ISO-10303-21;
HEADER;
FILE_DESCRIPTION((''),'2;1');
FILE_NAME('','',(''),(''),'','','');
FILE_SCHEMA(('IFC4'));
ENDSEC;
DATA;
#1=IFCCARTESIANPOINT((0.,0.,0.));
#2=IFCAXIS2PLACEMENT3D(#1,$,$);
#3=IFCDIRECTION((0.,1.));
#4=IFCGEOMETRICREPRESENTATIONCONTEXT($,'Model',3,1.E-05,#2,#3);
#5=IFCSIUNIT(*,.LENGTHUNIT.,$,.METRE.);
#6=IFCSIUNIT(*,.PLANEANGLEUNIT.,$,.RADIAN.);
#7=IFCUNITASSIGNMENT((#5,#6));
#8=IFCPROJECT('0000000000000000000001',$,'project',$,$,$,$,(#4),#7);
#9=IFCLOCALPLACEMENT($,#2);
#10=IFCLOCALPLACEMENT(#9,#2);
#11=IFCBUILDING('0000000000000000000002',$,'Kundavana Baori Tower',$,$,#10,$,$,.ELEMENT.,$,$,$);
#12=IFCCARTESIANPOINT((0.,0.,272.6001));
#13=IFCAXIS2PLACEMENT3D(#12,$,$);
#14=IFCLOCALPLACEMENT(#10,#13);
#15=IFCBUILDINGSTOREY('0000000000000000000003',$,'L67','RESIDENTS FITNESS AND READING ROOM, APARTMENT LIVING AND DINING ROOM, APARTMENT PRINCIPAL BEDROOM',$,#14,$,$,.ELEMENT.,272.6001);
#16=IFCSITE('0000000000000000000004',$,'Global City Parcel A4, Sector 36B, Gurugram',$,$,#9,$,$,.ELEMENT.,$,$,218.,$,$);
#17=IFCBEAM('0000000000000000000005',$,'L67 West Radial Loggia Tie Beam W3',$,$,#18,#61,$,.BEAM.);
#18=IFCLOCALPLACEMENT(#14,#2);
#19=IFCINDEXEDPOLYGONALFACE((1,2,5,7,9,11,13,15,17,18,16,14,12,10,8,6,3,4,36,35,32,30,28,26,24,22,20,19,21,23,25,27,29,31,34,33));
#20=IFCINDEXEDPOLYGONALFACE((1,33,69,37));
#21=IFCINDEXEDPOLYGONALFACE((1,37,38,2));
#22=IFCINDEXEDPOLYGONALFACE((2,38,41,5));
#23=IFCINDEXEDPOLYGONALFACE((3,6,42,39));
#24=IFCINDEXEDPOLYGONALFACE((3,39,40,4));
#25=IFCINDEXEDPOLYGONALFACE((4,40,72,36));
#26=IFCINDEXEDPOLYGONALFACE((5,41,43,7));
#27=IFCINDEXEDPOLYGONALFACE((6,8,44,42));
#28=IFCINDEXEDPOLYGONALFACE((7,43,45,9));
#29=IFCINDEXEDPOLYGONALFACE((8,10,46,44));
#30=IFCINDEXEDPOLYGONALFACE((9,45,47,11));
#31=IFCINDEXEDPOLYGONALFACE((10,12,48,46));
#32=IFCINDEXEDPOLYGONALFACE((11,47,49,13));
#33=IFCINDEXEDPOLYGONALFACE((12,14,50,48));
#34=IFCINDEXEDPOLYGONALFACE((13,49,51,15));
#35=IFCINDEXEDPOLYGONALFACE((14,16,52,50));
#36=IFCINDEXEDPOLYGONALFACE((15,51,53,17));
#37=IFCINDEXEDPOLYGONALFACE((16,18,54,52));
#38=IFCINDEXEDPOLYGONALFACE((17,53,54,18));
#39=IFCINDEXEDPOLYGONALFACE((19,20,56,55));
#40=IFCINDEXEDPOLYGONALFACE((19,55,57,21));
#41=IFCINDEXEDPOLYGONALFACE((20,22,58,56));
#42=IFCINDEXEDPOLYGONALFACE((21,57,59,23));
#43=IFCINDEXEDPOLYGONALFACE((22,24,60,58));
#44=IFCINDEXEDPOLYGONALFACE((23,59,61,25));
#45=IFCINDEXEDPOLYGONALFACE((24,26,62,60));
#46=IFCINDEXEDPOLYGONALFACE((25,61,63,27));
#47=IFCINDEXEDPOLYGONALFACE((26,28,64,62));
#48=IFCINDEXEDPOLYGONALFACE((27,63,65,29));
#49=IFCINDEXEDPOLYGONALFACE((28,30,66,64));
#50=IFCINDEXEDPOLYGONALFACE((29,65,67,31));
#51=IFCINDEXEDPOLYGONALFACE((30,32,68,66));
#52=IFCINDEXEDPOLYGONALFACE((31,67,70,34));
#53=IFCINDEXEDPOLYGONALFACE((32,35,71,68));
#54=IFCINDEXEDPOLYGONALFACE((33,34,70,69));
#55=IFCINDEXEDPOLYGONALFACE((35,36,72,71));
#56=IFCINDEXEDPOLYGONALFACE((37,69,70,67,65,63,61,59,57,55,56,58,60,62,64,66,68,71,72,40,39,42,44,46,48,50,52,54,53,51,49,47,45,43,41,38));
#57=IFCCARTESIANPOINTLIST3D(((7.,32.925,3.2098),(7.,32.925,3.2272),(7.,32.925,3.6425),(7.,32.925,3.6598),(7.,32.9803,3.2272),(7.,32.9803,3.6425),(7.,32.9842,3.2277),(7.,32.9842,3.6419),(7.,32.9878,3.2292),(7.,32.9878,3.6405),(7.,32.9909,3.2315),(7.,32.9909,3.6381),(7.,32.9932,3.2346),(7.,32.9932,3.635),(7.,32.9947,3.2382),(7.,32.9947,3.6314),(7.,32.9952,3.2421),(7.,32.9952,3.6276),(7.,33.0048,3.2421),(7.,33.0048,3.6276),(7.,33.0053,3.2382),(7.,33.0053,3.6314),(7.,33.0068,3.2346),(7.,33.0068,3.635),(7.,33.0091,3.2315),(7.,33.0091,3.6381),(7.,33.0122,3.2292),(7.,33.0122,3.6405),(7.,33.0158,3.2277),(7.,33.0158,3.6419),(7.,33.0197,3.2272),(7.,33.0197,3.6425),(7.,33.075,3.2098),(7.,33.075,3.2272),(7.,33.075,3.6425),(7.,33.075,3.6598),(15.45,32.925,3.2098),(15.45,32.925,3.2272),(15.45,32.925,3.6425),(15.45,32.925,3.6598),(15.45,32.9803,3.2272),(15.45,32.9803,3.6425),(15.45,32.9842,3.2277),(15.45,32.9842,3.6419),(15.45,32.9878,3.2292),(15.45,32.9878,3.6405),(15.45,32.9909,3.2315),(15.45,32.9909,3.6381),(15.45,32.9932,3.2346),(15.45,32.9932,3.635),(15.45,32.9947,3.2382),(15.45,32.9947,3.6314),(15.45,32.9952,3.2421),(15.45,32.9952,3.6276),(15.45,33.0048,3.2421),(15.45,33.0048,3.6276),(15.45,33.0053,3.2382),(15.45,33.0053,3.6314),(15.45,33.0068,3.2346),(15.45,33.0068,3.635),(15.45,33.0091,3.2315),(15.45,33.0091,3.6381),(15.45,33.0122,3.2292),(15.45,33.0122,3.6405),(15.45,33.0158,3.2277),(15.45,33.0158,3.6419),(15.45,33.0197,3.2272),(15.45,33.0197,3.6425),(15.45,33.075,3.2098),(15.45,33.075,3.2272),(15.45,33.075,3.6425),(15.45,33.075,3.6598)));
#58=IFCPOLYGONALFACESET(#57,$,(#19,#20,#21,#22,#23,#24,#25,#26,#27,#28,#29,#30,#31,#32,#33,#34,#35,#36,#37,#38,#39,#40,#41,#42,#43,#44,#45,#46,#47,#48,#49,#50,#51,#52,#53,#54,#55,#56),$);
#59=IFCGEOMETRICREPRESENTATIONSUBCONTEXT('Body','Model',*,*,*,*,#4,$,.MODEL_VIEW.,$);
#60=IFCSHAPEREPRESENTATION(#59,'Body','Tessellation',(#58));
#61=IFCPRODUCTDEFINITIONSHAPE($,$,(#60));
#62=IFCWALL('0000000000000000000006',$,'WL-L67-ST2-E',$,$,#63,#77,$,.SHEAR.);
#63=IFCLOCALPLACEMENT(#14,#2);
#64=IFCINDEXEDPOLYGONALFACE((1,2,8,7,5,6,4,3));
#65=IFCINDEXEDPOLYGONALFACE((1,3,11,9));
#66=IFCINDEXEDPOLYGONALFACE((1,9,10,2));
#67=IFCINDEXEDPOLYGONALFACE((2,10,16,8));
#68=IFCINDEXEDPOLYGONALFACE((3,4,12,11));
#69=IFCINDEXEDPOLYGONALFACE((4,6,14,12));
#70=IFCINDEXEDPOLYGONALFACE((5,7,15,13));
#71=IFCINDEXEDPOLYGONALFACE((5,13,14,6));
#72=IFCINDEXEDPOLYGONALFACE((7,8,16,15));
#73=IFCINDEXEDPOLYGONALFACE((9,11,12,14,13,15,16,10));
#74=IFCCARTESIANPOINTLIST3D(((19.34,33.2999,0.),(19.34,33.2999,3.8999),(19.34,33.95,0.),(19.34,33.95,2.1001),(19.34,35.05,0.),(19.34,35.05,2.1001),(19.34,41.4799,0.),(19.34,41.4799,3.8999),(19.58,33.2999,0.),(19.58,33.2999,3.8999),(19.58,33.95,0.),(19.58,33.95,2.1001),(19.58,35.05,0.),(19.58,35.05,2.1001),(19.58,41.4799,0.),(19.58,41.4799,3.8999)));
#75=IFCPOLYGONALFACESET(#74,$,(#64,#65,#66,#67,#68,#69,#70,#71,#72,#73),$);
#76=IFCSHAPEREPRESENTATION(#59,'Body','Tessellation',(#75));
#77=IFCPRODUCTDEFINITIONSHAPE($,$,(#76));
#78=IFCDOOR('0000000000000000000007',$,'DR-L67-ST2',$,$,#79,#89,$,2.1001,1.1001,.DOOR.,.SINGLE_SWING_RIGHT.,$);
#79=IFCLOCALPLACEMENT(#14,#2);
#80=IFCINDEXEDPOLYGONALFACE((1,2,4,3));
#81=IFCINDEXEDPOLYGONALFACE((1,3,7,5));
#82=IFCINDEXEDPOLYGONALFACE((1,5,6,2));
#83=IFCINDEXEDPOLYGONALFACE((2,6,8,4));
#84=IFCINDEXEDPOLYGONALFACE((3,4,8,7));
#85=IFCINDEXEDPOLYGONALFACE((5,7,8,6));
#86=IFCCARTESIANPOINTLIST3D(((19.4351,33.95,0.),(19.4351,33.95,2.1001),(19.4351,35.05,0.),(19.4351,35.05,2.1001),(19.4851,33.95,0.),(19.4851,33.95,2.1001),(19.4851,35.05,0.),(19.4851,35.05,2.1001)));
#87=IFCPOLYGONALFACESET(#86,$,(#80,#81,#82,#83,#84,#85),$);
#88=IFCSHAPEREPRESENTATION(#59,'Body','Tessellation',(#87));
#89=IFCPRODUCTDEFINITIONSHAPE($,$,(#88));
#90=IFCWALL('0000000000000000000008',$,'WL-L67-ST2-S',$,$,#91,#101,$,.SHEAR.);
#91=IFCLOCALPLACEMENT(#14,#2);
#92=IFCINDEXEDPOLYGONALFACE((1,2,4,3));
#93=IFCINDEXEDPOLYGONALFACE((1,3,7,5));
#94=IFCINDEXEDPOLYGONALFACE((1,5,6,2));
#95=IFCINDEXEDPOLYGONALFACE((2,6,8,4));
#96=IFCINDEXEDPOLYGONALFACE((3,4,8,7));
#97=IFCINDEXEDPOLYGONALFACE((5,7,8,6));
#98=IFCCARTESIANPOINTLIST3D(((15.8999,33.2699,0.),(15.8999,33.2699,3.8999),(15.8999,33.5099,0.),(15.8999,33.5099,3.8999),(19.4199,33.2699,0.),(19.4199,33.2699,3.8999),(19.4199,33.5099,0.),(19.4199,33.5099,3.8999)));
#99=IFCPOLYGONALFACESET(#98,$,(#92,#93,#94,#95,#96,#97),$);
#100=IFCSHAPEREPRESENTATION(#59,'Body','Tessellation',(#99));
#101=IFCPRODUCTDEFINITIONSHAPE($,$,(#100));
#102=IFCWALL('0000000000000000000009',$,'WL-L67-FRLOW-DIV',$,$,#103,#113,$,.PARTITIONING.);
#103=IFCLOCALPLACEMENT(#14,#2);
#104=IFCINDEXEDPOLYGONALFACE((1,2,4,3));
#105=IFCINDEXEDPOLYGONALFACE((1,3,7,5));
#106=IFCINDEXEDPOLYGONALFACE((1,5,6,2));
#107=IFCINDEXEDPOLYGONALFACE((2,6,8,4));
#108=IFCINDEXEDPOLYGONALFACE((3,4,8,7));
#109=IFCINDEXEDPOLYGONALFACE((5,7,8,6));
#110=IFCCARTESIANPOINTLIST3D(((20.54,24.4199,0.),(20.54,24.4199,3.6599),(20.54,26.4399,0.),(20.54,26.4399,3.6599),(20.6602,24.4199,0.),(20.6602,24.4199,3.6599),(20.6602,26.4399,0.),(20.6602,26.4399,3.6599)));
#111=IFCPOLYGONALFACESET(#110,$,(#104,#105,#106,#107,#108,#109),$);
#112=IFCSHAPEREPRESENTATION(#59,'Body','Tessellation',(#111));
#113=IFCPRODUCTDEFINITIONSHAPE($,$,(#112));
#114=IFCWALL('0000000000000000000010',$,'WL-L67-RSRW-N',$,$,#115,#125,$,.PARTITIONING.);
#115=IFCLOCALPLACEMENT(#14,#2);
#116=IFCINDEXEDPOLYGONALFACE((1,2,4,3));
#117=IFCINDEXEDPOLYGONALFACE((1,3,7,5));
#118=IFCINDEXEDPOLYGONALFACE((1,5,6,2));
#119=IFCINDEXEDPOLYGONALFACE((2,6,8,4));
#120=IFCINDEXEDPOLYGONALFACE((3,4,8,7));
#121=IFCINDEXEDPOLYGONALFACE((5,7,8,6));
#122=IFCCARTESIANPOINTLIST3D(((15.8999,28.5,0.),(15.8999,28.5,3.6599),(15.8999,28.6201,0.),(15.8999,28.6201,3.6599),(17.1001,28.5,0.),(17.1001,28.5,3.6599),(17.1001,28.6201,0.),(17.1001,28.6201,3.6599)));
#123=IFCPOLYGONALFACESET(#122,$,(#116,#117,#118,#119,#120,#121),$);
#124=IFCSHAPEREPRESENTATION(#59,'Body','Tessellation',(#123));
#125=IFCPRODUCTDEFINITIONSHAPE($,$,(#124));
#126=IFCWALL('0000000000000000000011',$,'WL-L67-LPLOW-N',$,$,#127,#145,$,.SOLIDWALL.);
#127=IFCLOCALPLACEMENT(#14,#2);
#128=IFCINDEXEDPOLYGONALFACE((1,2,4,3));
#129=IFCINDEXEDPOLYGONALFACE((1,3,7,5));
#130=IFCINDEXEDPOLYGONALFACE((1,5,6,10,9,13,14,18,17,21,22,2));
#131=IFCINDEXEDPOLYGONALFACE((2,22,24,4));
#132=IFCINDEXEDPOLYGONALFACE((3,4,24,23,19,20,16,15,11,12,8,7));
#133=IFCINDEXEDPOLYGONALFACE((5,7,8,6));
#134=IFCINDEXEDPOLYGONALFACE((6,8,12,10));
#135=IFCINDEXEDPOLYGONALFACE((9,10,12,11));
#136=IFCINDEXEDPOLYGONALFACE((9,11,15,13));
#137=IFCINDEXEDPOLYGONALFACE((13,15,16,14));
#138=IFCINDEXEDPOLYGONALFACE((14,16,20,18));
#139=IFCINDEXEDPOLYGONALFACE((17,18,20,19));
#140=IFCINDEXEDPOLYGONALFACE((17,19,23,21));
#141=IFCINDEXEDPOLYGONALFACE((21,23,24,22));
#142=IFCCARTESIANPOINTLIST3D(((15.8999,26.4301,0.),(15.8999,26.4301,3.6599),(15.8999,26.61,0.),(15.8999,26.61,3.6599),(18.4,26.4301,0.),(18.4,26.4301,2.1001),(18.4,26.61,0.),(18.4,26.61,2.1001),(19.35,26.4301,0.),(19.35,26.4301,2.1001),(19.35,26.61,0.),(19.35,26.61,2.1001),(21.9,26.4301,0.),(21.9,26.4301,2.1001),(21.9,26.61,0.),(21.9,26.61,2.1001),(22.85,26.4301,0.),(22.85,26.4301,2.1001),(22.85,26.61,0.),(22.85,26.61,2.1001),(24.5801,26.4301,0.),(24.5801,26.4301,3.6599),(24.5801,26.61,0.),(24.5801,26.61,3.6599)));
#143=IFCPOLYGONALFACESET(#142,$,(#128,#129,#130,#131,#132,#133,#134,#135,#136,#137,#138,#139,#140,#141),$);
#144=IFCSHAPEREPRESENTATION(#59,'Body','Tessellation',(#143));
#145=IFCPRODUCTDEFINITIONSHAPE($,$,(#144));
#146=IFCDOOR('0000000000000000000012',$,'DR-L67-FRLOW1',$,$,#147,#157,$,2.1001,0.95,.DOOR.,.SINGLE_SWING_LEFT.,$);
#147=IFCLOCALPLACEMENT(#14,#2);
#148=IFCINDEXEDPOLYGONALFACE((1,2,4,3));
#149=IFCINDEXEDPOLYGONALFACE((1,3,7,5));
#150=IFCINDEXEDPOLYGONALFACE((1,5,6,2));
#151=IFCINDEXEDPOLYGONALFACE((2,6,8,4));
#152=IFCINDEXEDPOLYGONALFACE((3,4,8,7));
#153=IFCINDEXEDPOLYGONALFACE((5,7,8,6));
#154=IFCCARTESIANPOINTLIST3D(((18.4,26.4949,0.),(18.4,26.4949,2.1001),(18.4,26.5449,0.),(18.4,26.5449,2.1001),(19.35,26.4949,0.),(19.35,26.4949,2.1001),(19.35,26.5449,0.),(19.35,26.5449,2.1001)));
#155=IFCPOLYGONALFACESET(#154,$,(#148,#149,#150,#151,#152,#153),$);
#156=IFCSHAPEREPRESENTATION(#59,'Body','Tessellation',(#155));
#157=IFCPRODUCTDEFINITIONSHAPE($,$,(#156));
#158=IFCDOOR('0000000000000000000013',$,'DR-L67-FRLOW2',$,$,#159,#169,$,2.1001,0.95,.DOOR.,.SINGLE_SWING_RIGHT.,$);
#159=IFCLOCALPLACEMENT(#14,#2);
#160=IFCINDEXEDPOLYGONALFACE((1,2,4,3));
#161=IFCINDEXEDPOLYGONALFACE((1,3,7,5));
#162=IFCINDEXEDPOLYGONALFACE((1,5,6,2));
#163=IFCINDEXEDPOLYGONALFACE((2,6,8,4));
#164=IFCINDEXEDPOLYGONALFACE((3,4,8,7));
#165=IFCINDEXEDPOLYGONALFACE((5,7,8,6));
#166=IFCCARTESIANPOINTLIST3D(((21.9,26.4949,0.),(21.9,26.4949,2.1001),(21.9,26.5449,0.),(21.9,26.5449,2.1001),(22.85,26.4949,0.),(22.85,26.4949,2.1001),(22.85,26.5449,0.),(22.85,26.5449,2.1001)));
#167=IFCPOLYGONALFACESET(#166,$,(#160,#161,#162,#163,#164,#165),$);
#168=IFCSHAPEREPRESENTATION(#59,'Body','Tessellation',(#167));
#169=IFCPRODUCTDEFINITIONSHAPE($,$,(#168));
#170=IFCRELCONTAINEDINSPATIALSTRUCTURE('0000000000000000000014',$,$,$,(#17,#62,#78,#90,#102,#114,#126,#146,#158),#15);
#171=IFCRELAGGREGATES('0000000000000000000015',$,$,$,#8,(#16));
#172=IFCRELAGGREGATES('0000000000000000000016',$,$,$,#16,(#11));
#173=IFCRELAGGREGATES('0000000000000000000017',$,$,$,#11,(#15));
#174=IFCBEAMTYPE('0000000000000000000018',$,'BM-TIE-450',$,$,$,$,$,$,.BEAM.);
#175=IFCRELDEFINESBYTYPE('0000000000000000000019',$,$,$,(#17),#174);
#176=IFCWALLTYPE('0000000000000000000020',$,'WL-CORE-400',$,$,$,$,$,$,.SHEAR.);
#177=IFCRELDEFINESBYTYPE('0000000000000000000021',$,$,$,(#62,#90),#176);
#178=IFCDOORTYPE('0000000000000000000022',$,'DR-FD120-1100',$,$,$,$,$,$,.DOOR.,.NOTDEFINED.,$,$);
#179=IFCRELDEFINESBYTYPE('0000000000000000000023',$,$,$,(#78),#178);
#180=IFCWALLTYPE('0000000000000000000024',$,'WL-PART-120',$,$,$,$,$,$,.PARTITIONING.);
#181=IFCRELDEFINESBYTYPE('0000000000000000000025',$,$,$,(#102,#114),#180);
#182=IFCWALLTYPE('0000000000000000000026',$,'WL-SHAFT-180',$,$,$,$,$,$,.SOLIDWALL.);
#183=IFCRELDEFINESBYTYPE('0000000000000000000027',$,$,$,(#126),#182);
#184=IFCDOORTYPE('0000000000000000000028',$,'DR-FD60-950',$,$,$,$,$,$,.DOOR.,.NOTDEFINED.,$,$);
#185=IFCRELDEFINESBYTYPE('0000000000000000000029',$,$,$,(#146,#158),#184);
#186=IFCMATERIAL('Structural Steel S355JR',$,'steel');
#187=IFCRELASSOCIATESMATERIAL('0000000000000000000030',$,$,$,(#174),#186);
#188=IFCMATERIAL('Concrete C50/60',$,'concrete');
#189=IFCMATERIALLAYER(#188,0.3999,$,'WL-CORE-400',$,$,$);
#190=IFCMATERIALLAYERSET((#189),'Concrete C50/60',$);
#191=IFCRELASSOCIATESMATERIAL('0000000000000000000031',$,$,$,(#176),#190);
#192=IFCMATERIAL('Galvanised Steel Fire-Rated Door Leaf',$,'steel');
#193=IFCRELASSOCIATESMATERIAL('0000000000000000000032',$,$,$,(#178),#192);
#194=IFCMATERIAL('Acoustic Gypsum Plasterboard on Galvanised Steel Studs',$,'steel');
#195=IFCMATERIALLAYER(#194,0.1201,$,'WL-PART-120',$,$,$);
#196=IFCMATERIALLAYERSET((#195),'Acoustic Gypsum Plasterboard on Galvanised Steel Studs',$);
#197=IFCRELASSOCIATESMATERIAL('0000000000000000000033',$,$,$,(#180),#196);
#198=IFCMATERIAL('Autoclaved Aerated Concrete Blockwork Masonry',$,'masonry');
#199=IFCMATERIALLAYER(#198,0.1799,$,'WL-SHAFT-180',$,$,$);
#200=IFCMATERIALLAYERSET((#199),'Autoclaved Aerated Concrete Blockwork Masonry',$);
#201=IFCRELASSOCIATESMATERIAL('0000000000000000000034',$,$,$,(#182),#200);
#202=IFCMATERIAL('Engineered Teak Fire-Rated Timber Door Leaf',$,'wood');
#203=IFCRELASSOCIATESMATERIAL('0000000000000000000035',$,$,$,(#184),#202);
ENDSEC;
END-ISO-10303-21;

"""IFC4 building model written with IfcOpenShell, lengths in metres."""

from ifc_helpers import new_model, si_unit, direction, frame, frame_2d, origin, origin_2d, place, context, subcontext, project, spatial, rectangle, i_section, extrude, material, layer, layer_set, material_profile, profile_set, type_object, element, fill, save


model = new_model("IFC4")

# Units and contexts
model_context = context("Model", 3, precision=1e-05, world=origin(), true_north=direction((0.0, 1.0)))
body_context = subcontext(model_context, "Body", "Model", "MODEL_VIEW")
ifc_project = project(units=[si_unit("LENGTHUNIT", "METRE"), si_unit("PLANEANGLEUNIT", "RADIAN")], contexts=[model_context])

# Site, building, storey
site_placement = place(None, origin())
site = spatial("IfcSite", under=ifc_project, at=site_placement, Name="Global City Parcel A4, Sector 36B, Gurugram", CompositionType="ELEMENT", RefElevation=218.0)
building_placement = place(site_placement, origin())
building = spatial("IfcBuilding", under=site, at=building_placement, Name="Kundavana Baori Tower", CompositionType="ELEMENT")
storey_placement = place(building_placement, frame((0.0, 0.0, 272.6001)))
storey = spatial("IfcBuildingStorey", under=building, at=storey_placement, Name="L67", Description="RESIDENTS FITNESS AND READING ROOM, APARTMENT LIVING AND DINING ROOM, APARTMENT PRINCIPAL BEDROOM", CompositionType="ELEMENT", Elevation=272.6001)

# Beam
ifc_material_1 = material(Name="Structural Steel S355JR", Category="steel")
ifc_material_profile_1 = material_profile(ifc_material_1, i_section(OverallWidth=0.1499, OverallDepth=0.45, WebThickness=0.0095, FlangeThickness=0.0173, FilletRadius=0.0149, at=origin_2d()), Name="ISMB 450")
ifc_profile_set_1 = profile_set([ifc_material_profile_1], Name="Structural Steel S355JR")
beam_type_1 = type_object("IfcBeamType", Name="BM-TIE-450", PredefinedType="BEAM", material=ifc_profile_set_1)
for number, where, z_axis, x_axis, name in (
    (1, (15.45, 33.0, 3.4348), (-1.0, 0.0, 0.0), (0.0, -1.0, 0.0), "L67 West Radial Loggia Tie Beam W3"),
):
    element("IfcBeam", number, at=place(storey_placement, frame(where, z_axis=z_axis, x_axis=x_axis)), inside=storey, type_object=beam_type_1, Name=name, PredefinedType="BEAM", context=body_context, shape_type="SweptSolid", body=[
        extrude(i_section(OverallWidth=0.1499, OverallDepth=0.45, WebThickness=0.0095, FlangeThickness=0.0173, FilletRadius=0.0149, at=origin_2d()), origin(), (0.0, 0.0, 1.0), 8.45),
    ])

# Wall, opening, door
ifc_material_2 = material(Name="Concrete C50/60", Category="concrete")
ifc_layer_1 = layer(ifc_material_2, 0.3999, Name="WL-CORE-400")
ifc_layer_set_1 = layer_set([ifc_layer_1], Name="Concrete C50/60")
wall_type_1 = type_object("IfcWallType", Name="WL-CORE-400", PredefinedType="SHEAR", material=ifc_layer_set_1)
wall_1_placement = place(storey_placement, frame((19.46, 33.3, 0.0), z_axis=(0.0, 0.0, 1.0), x_axis=(0.0, 1.0, 0.0)))
wall_1 = element("IfcWall", 2, at=wall_1_placement, inside=storey, type_object=wall_type_1, Name="WL-L67-ST2-E", PredefinedType="SHEAR", context=body_context, shape_type="SweptSolid", body=[
    extrude(rectangle(XDim=8.1799, YDim=0.24, at=frame_2d((4.0898, 0.0))), origin(), (0.0, 0.0, 1.0), 3.8999),
])
opening_1_placement = place(wall_1_placement, frame((0.6499, 0.0, 0.0)))
opening_1 = element("IfcOpeningElement", 3, at=opening_1_placement, cuts=wall_1, PredefinedType="OPENING", context=body_context, shape_type="SweptSolid", body=[
    extrude(rectangle(XDim=1.1001, YDim=2.1001, at=frame_2d((0.55, 1.05))), frame((0.0, 0.1299, 0.0), z_axis=(0.0, -1.0, 0.0), x_axis=(1.0, 0.0, 0.0)), (0.0, 0.0, 1.0), 0.26),
])
ifc_material_3 = material(Name="Galvanised Steel Fire-Rated Door Leaf", Category="steel")
door_type_1 = type_object("IfcDoorType", Name="DR-FD120-1100", OperationType="NOTDEFINED", PredefinedType="DOOR", material=ifc_material_3)
door_1_placement = place(opening_1_placement, origin())
door_1 = element("IfcDoor", 4, at=door_1_placement, inside=storey, type_object=door_type_1, Name="DR-L67-ST2", OperationType="SINGLE_SWING_RIGHT", OverallHeight=2.1001, OverallWidth=1.1001, PredefinedType="DOOR", context=body_context, shape_type="SweptSolid", body=[
    extrude(rectangle(XDim=1.1001, YDim=2.1001, at=frame_2d((0.55, 1.05))), frame((0.0, 0.0249, 0.0), z_axis=(0.0, -1.0, 0.0), x_axis=(1.0, 0.0, 0.0)), (0.0, 0.0, 1.0), 0.05),
])
fill(opening_1, door_1)

# Walls
wall_2_placement = place(storey_placement, frame((15.8999, 33.3899, 0.0), z_axis=(0.0, 0.0, 1.0), x_axis=(1.0, 0.0, 0.0)))
element("IfcWall", 5, at=wall_2_placement, inside=storey, type_object=wall_type_1, Name="WL-L67-ST2-S", PredefinedType="SHEAR", context=body_context, shape_type="SweptSolid", body=[
    extrude(rectangle(XDim=3.52, YDim=0.24, at=frame_2d((1.76, 0.0))), origin(), (0.0, 0.0, 1.0), 3.8999),
])
ifc_material_4 = material(Name="Acoustic Gypsum Plasterboard on Galvanised Steel Studs", Category="steel")
ifc_layer_2 = layer(ifc_material_4, 0.1201, Name="WL-PART-120")
ifc_layer_set_2 = layer_set([ifc_layer_2], Name="Acoustic Gypsum Plasterboard on Galvanised Steel Studs")
wall_type_2 = type_object("IfcWallType", Name="WL-PART-120", PredefinedType="PARTITIONING", material=ifc_layer_set_2)
wall_3_placement = place(storey_placement, frame((20.6001, 24.4199, 0.0), z_axis=(0.0, 0.0, 1.0), x_axis=(0.0, 1.0, 0.0)))
element("IfcWall", 6, at=wall_3_placement, inside=storey, type_object=wall_type_2, Name="WL-L67-FRLOW-DIV", PredefinedType="PARTITIONING", context=body_context, shape_type="SweptSolid", body=[
    extrude(rectangle(XDim=2.02, YDim=0.1201, at=frame_2d((1.01, 0.0))), origin(), (0.0, 0.0, 1.0), 3.6599),
])
wall_4_placement = place(storey_placement, frame((15.8999, 28.5601, 0.0), z_axis=(0.0, 0.0, 1.0), x_axis=(1.0, 0.0, 0.0)))
element("IfcWall", 7, at=wall_4_placement, inside=storey, type_object=wall_type_2, Name="WL-L67-RSRW-N", PredefinedType="PARTITIONING", context=body_context, shape_type="SweptSolid", body=[
    extrude(rectangle(XDim=1.2002, YDim=0.1201, at=frame_2d((0.6001, 0.0))), origin(), (0.0, 0.0, 1.0), 3.6599),
])

# Wall, openings, doors
ifc_material_5 = material(Name="Autoclaved Aerated Concrete Blockwork Masonry", Category="masonry")
ifc_layer_3 = layer(ifc_material_5, 0.1799, Name="WL-SHAFT-180")
ifc_layer_set_3 = layer_set([ifc_layer_3], Name="Autoclaved Aerated Concrete Blockwork Masonry")
wall_type_3 = type_object("IfcWallType", Name="WL-SHAFT-180", PredefinedType="SOLIDWALL", material=ifc_layer_set_3)
wall_5_placement = place(storey_placement, frame((15.8999, 26.52, 0.0), z_axis=(0.0, 0.0, 1.0), x_axis=(1.0, 0.0, 0.0)))
wall_5 = element("IfcWall", 8, at=wall_5_placement, inside=storey, type_object=wall_type_3, Name="WL-L67-LPLOW-N", PredefinedType="SOLIDWALL", context=body_context, shape_type="SweptSolid", body=[
    extrude(rectangle(XDim=8.6802, YDim=0.1799, at=frame_2d((4.3401, 0.0))), origin(), (0.0, 0.0, 1.0), 3.6599),
])
opening_2_placement = place(wall_5_placement, frame((2.5, 0.0, 0.0)))
opening_2 = element("IfcOpeningElement", 9, at=opening_2_placement, cuts=wall_5, PredefinedType="OPENING", context=body_context, shape_type="SweptSolid", body=[
    extrude(rectangle(XDim=0.95, YDim=2.1001, at=frame_2d((0.4751, 1.05))), frame((0.0, 0.1001, 0.0), z_axis=(0.0, -1.0, 0.0), x_axis=(1.0, 0.0, 0.0)), (0.0, 0.0, 1.0), 0.2),
])
opening_3_placement = place(wall_5_placement, frame((6.0, 0.0, 0.0)))
opening_3 = element("IfcOpeningElement", 10, at=opening_3_placement, cuts=wall_5, PredefinedType="OPENING", context=body_context, shape_type="SweptSolid", body=[
    extrude(rectangle(XDim=0.95, YDim=2.1001, at=frame_2d((0.4751, 1.05))), frame((0.0, 0.1001, 0.0), z_axis=(0.0, -1.0, 0.0), x_axis=(1.0, 0.0, 0.0)), (0.0, 0.0, 1.0), 0.2),
])
ifc_material_6 = material(Name="Engineered Teak Fire-Rated Timber Door Leaf", Category="wood")
door_type_2 = type_object("IfcDoorType", Name="DR-FD60-950", OperationType="NOTDEFINED", PredefinedType="DOOR", material=ifc_material_6)
door_2_placement = place(opening_2_placement, origin())
door_2 = element("IfcDoor", 11, at=door_2_placement, inside=storey, type_object=door_type_2, Name="DR-L67-FRLOW1", OperationType="SINGLE_SWING_LEFT", OverallHeight=2.1001, OverallWidth=0.95, PredefinedType="DOOR", context=body_context, shape_type="SweptSolid", body=[
    extrude(rectangle(XDim=0.95, YDim=2.1001, at=frame_2d((0.4751, 1.05))), frame((0.0, 0.0249, 0.0), z_axis=(0.0, -1.0, 0.0), x_axis=(1.0, 0.0, 0.0)), (0.0, 0.0, 1.0), 0.05),
])
fill(opening_2, door_2)
door_3_placement = place(opening_3_placement, origin())
door_3 = element("IfcDoor", 12, at=door_3_placement, inside=storey, type_object=door_type_2, Name="DR-L67-FRLOW2", OperationType="SINGLE_SWING_RIGHT", OverallHeight=2.1001, OverallWidth=0.95, PredefinedType="DOOR", context=body_context, shape_type="SweptSolid", body=[
    extrude(rectangle(XDim=0.95, YDim=2.1001, at=frame_2d((0.4751, 1.05))), frame((0.0, 0.0249, 0.0), z_axis=(0.0, -1.0, 0.0), x_axis=(1.0, 0.0, 0.0)), (0.0, 0.0, 1.0), 0.05),
])
fill(opening_3, door_3)

save(model, "model.ifc")
